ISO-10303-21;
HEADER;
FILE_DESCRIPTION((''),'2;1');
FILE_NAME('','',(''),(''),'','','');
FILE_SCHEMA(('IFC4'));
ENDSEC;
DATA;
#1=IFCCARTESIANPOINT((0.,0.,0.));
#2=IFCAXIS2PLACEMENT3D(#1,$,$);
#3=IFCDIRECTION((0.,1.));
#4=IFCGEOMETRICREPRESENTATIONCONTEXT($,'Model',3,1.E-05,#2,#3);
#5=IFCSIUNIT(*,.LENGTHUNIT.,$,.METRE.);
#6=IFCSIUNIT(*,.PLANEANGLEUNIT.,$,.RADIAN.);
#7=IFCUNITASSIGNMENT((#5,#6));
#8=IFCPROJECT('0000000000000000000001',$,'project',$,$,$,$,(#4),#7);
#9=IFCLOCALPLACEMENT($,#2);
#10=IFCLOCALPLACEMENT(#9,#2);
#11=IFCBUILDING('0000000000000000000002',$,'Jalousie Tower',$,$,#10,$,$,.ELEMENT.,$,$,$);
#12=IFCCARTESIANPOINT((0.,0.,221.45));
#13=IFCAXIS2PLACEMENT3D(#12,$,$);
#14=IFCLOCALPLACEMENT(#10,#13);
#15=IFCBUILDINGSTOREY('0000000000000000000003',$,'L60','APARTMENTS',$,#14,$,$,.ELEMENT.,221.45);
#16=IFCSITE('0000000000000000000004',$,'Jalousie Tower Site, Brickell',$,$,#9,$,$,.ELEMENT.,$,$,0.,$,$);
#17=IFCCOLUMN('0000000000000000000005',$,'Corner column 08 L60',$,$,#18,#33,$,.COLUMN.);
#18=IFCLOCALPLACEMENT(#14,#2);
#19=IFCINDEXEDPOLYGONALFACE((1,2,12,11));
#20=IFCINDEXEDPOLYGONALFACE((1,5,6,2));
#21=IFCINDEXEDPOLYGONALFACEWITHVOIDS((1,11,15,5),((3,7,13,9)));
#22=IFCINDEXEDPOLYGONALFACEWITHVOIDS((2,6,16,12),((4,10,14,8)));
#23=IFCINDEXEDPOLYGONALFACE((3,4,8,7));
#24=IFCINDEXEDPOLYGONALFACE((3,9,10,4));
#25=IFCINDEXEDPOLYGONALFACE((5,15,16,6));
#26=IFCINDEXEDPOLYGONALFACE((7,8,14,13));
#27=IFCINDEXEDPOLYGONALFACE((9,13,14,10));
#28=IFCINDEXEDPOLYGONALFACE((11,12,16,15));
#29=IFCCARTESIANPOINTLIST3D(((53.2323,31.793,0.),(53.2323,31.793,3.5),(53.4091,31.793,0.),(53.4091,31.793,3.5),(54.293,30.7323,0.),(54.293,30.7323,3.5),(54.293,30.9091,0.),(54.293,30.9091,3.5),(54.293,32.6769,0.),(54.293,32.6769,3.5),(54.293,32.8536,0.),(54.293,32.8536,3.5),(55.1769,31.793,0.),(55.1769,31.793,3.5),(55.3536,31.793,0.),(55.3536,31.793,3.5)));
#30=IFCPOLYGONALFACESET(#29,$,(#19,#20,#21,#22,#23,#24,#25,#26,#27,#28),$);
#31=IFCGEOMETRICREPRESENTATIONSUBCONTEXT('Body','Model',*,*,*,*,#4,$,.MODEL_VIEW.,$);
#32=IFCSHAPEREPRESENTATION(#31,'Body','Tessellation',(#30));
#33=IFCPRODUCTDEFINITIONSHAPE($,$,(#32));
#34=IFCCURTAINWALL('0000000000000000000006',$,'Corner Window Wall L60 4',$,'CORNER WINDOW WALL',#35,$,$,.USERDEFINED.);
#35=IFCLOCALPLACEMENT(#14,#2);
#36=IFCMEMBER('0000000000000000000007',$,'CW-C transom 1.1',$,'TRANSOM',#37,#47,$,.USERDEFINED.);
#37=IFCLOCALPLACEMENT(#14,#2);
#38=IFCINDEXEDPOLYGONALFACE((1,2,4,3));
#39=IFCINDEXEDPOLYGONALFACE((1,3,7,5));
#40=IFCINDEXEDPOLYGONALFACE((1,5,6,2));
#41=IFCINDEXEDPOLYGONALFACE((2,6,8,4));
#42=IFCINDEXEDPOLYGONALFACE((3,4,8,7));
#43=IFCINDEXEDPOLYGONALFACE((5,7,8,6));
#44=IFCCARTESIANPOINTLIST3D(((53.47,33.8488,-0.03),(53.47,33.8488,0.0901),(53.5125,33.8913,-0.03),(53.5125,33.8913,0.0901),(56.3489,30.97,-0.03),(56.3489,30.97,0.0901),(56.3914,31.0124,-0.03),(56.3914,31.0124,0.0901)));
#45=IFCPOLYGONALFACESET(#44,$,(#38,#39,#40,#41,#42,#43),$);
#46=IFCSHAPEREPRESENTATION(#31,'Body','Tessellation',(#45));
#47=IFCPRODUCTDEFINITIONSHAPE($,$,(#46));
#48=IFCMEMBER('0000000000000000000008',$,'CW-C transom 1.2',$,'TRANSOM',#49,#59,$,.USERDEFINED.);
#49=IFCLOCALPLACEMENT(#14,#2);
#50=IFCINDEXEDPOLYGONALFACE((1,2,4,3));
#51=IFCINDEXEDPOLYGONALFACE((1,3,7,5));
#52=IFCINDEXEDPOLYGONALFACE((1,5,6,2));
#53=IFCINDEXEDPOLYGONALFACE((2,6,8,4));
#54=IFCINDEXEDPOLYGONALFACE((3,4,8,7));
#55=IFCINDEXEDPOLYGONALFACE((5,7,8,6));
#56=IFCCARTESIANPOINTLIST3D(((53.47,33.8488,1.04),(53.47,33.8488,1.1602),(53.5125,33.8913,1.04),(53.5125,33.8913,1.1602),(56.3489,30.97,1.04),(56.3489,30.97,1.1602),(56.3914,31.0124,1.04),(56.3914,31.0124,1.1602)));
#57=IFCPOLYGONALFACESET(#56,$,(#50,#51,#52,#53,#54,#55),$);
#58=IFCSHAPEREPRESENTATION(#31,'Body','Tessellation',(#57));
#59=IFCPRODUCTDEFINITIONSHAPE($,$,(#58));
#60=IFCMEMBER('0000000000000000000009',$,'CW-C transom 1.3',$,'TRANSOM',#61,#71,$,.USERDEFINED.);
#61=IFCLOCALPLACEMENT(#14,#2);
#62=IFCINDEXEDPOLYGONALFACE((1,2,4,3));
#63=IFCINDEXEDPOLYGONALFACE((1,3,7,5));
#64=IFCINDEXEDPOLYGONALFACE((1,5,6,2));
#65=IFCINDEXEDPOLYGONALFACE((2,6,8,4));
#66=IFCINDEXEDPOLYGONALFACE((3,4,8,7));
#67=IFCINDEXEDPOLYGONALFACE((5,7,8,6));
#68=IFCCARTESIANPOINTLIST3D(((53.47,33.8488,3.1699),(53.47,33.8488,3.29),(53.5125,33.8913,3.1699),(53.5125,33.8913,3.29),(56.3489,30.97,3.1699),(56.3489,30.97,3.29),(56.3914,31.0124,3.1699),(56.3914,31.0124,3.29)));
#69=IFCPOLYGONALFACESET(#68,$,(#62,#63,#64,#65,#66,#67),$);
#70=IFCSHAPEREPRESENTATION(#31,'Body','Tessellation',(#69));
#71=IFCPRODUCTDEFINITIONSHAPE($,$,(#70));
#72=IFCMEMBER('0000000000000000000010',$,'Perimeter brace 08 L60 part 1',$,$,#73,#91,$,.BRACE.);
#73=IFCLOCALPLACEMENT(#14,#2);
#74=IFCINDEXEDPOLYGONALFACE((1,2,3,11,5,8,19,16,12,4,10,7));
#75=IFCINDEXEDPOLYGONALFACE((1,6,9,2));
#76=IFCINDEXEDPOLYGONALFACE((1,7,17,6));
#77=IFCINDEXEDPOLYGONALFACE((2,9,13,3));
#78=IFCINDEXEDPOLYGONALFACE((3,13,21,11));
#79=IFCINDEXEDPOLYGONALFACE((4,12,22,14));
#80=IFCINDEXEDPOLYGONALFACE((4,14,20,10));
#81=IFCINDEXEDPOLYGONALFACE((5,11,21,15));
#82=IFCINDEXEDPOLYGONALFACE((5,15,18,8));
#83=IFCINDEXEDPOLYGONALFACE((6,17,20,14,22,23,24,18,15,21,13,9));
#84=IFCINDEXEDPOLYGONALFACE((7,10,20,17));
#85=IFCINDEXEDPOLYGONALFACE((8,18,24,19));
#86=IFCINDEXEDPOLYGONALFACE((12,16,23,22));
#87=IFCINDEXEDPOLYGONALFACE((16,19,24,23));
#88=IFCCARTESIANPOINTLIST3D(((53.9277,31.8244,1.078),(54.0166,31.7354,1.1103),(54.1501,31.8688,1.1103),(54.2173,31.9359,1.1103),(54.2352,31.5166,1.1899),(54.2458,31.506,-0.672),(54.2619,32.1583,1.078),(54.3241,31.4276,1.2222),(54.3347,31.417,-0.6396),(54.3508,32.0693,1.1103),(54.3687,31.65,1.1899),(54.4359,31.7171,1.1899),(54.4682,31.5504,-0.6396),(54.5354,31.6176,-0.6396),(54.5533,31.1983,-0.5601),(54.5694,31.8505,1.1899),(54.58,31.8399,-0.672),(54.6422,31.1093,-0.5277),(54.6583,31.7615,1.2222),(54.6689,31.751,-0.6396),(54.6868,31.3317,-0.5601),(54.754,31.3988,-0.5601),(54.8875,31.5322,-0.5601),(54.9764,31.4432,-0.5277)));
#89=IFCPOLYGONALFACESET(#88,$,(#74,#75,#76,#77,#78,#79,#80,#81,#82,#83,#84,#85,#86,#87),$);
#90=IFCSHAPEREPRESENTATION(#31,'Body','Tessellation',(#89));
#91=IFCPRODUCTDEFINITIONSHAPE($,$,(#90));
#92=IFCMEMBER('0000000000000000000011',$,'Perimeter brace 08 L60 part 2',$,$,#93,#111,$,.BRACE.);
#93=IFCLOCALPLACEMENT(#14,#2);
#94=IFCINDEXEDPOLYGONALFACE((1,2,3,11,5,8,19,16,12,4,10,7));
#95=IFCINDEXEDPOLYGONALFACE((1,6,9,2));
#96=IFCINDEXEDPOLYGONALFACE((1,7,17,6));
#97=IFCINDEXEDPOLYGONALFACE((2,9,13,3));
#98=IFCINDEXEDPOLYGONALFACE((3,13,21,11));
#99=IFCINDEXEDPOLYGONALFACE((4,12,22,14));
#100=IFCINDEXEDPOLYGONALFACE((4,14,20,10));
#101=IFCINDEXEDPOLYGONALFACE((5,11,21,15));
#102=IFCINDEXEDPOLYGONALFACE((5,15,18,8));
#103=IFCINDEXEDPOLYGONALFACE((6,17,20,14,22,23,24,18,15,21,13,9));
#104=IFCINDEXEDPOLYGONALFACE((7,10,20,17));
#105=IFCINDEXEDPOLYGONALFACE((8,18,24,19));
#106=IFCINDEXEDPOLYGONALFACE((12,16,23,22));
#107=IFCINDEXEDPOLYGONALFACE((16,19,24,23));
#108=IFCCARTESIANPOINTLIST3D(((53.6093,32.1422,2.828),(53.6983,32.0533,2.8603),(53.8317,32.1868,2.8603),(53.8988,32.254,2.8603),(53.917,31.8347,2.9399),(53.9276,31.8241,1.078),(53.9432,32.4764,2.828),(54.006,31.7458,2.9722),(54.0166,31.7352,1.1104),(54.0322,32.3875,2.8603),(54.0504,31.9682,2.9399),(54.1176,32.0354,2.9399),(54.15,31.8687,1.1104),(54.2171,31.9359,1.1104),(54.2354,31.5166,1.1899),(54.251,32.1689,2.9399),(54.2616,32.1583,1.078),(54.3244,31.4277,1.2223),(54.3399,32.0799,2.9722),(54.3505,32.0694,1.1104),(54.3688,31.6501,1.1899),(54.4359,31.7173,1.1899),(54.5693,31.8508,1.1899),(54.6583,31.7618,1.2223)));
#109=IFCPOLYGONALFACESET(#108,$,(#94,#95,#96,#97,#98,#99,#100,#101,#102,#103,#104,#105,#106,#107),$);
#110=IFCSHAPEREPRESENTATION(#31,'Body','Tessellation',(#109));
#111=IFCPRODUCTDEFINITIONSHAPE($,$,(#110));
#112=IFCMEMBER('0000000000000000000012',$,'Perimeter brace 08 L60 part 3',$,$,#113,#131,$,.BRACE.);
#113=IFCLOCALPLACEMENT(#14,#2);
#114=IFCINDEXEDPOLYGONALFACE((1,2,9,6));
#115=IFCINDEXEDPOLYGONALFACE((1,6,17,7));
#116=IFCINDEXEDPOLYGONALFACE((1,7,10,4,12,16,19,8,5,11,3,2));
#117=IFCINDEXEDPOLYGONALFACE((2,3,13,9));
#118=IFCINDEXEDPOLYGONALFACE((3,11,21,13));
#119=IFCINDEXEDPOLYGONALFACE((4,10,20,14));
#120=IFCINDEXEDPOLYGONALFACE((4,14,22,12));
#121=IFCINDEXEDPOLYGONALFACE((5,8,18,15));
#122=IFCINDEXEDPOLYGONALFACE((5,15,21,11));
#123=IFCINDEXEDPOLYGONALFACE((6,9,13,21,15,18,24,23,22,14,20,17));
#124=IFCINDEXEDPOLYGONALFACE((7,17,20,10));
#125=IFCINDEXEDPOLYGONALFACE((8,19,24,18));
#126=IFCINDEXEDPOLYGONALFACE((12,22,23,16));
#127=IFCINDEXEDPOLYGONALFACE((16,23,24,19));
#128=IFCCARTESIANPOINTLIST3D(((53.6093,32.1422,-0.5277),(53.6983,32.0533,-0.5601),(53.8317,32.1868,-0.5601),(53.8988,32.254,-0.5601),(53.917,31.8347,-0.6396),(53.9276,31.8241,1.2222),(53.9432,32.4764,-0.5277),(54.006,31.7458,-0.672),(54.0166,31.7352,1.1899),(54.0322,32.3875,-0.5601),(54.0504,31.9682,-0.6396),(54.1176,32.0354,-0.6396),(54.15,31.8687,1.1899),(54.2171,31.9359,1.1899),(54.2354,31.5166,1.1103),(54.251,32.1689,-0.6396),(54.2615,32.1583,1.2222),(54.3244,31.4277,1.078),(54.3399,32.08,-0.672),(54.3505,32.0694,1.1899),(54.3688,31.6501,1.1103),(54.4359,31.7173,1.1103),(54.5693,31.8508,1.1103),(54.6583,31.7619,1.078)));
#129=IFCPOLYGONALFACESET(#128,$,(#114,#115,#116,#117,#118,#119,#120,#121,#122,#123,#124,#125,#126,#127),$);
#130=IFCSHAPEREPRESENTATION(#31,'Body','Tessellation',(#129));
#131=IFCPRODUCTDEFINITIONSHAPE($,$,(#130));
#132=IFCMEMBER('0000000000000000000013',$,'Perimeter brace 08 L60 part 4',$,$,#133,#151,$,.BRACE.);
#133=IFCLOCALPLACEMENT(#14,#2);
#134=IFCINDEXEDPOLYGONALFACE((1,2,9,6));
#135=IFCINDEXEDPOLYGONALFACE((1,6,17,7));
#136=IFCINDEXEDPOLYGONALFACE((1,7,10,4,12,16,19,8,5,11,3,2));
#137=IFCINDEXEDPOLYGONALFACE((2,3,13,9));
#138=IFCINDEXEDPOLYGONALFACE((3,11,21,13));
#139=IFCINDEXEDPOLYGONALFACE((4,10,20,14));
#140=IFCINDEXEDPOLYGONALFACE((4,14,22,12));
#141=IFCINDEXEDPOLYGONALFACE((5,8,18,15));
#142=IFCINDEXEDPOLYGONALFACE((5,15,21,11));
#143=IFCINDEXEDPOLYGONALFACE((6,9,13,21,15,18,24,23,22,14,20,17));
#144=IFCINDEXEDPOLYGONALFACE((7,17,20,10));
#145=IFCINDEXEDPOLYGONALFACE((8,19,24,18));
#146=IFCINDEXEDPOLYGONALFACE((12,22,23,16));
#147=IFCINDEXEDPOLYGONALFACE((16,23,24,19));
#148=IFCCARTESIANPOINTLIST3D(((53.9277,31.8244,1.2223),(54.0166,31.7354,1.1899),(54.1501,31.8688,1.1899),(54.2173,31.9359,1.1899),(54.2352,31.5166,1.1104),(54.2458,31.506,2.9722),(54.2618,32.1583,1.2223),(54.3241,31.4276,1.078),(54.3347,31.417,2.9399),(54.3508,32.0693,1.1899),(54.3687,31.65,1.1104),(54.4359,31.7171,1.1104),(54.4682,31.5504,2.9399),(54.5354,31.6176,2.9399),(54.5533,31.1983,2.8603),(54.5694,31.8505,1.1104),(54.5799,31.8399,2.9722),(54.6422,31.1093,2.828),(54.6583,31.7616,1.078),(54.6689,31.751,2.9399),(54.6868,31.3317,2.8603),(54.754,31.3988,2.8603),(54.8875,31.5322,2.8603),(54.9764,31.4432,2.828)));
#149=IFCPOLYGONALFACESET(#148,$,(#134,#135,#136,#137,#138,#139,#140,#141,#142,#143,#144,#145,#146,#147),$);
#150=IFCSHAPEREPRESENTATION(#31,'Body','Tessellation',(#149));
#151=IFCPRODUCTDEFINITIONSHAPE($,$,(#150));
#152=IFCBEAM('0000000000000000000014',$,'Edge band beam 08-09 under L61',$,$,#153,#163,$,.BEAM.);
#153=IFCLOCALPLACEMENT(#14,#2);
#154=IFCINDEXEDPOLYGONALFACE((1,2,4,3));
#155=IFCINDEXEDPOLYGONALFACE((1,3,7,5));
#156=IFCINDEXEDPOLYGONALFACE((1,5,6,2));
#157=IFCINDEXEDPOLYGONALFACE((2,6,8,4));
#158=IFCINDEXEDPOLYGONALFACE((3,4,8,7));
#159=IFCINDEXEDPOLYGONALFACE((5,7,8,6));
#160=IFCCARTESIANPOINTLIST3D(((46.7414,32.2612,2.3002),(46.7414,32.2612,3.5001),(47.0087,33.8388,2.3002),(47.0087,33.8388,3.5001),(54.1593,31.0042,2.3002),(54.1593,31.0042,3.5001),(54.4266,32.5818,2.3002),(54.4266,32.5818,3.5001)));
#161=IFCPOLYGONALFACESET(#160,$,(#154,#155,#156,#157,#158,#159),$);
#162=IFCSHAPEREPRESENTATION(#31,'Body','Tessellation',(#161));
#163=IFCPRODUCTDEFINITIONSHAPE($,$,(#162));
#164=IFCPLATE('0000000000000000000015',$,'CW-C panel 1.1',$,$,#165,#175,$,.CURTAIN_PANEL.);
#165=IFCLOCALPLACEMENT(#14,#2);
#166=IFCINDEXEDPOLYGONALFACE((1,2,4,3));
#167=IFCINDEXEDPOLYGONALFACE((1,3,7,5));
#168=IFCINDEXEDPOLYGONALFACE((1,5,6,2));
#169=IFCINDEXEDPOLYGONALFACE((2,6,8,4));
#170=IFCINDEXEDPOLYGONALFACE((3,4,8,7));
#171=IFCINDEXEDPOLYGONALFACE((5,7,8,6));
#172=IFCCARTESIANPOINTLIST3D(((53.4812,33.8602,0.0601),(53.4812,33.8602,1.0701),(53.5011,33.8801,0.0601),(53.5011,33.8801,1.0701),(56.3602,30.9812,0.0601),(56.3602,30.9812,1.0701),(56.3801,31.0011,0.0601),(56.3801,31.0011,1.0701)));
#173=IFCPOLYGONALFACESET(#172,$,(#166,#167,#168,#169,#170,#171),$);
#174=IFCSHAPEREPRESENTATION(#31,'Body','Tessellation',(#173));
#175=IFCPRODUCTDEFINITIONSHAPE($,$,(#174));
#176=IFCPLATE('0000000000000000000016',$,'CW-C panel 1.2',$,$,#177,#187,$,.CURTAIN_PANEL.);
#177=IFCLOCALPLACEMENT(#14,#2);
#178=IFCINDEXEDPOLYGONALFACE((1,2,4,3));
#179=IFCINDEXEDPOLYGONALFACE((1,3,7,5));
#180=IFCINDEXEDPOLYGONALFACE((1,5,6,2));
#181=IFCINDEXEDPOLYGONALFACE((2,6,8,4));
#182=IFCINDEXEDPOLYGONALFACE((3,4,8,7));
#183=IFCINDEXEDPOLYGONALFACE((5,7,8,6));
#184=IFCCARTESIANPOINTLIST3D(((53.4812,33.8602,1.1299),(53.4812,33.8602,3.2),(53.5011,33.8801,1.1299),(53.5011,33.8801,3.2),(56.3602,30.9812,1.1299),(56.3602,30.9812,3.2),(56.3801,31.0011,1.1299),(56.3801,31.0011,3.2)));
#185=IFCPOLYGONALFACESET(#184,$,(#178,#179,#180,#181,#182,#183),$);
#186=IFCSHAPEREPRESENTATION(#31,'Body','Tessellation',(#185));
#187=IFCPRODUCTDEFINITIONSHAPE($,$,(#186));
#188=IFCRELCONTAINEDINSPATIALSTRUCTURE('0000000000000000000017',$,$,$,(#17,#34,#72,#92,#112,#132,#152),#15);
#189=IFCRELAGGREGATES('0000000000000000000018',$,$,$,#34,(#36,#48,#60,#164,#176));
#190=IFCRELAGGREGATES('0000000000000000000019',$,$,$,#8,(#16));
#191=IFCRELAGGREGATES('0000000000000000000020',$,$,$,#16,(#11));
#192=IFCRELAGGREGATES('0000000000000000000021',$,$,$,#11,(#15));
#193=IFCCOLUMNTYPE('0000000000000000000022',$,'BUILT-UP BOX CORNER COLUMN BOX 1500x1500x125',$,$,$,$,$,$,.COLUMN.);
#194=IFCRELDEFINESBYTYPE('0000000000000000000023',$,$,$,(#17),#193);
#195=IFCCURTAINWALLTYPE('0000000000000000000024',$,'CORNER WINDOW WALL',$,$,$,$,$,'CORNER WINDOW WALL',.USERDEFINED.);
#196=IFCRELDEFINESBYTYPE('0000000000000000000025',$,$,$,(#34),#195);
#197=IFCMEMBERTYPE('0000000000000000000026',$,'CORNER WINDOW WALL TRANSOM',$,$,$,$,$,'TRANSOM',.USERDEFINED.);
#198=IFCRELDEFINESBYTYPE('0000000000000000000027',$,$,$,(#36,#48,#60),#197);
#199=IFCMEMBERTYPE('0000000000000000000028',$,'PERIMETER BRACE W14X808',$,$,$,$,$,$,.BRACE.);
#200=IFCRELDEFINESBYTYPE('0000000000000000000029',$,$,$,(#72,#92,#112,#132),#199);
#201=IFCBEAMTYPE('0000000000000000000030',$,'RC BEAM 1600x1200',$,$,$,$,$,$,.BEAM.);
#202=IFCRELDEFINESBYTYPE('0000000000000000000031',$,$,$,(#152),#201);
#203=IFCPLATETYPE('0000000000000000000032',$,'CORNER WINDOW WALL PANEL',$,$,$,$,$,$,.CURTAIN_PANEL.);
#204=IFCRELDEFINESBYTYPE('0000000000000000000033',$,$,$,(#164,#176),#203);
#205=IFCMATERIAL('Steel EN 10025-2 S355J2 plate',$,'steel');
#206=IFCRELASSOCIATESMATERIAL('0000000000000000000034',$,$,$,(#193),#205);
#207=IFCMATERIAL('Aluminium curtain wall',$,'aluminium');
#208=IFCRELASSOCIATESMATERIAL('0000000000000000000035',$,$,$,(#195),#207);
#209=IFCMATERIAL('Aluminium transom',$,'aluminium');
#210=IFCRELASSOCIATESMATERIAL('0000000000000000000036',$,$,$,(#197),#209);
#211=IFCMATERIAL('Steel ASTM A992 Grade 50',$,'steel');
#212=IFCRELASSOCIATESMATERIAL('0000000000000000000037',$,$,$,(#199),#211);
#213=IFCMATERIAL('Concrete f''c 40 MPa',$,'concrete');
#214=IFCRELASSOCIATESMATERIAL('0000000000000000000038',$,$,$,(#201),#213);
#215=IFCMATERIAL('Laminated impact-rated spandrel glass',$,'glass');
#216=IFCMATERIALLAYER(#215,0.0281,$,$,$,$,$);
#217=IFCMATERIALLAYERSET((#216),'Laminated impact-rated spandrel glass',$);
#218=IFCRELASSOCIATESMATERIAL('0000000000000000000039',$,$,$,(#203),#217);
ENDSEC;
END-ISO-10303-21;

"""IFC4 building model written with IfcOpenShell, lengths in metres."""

from ifc_helpers import new_model, si_unit, direction, frame, origin, origin_2d, place, context, subcontext, project, spatial, rectangle, hollow_rectangle, i_section, extrude, material, layer, layer_set, material_profile, profile_set, type_object, element, aggregate, save


model = new_model("IFC4")

# Units and contexts
model_context = context("Model", 3, precision=1e-05, world=origin(), true_north=direction((0.0, 1.0)))
body_context = subcontext(model_context, "Body", "Model", "MODEL_VIEW")
ifc_project = project(units=[si_unit("LENGTHUNIT", "METRE"), si_unit("PLANEANGLEUNIT", "RADIAN")], contexts=[model_context])

# Site, building, storey
site_placement = place(None, origin())
site = spatial("IfcSite", under=ifc_project, at=site_placement, Name="Jalousie Tower Site, Brickell", CompositionType="ELEMENT", RefElevation=0.0)
building_placement = place(site_placement, origin())
building = spatial("IfcBuilding", under=site, at=building_placement, Name="Jalousie Tower", CompositionType="ELEMENT")
storey_placement = place(building_placement, frame((0.0, 0.0, 221.45)))
storey = spatial("IfcBuildingStorey", under=building, at=storey_placement, Name="L60", Description="APARTMENTS", CompositionType="ELEMENT", Elevation=221.45)

# Column
ifc_material_1 = material(Name="Steel EN 10025-2 S355J2 plate", Category="steel")
ifc_material_profile_1 = material_profile(ifc_material_1, hollow_rectangle(XDim=1.5, YDim=1.5, WallThickness=0.125, at=origin_2d()), Name="BOX 1500x1500x125")
ifc_profile_set_1 = profile_set([ifc_material_profile_1], Name="Steel EN 10025-2 S355J2 plate")
column_type = type_object("IfcColumnType", Name="BUILT-UP BOX CORNER COLUMN BOX 1500x1500x125", PredefinedType="COLUMN", material=ifc_profile_set_1)
column_placement = place(storey_placement, frame((54.293, 31.793, 0.0), z_axis=(0.0, 0.0, 1.0), x_axis=(-0.707107, -0.707107, 0.0)))
element("IfcColumn", 1, at=column_placement, inside=storey, type_object=column_type, Name="Corner column 08 L60", PredefinedType="COLUMN", context=body_context, shape_type="SweptSolid", body=[
    extrude(hollow_rectangle(XDim=1.5, YDim=1.5, WallThickness=0.125, at=origin_2d()), origin(), (0.0, 0.0, 1.0), 3.5),
])

# Curtain wall, members
ifc_material_2 = material(Name="Aluminium curtain wall", Category="aluminium")
curtain_wall_type = type_object("IfcCurtainWallType", Name="CORNER WINDOW WALL", ElementType="CORNER WINDOW WALL", PredefinedType="USERDEFINED", material=ifc_material_2)
curtain_wall_placement = place(storey_placement, origin())
curtain_wall = element("IfcCurtainWall", 2, at=curtain_wall_placement, inside=storey, type_object=curtain_wall_type, Name="Corner Window Wall L60 4", ObjectType="CORNER WINDOW WALL", PredefinedType="USERDEFINED")
ifc_material_3 = material(Name="Aluminium transom", Category="aluminium")
ifc_material_profile_2 = material_profile(ifc_material_3, rectangle(XDim=0.0601, YDim=0.1201, at=origin_2d()), Name="TRANSOM 60x120")
ifc_profile_set_2 = profile_set([ifc_material_profile_2], Name="Aluminium transom")
member_type_1 = type_object("IfcMemberType", Name="CORNER WINDOW WALL TRANSOM", ElementType="TRANSOM", PredefinedType="USERDEFINED", material=ifc_profile_set_2)
member_1_placement = place(storey_placement, frame((56.3701, 30.9912, 0.03), z_axis=(-0.707107, 0.707107, 0.0), x_axis=(-0.707107, -0.707107, 0.0)))
member_1 = element("IfcMember", 3, at=member_1_placement, type_object=member_type_1, Name="CW-C transom 1.1", ObjectType="TRANSOM", PredefinedType="USERDEFINED", context=body_context, shape_type="SweptSolid", body=[
    extrude(rectangle(XDim=0.0601, YDim=0.1201, at=origin_2d()), origin(), (0.0, 0.0, 1.0), 4.0713),
])
member_2_placement = place(storey_placement, frame((56.3701, 30.9912, 1.1001), z_axis=(-0.707107, 0.707107, 0.0), x_axis=(-0.707107, -0.707107, 0.0)))
member_2 = element("IfcMember", 4, at=member_2_placement, type_object=member_type_1, Name="CW-C transom 1.2", ObjectType="TRANSOM", PredefinedType="USERDEFINED", context=body_context, shape_type="SweptSolid", body=[
    extrude(rectangle(XDim=0.0601, YDim=0.1201, at=origin_2d()), origin(), (0.0, 0.0, 1.0), 4.0713),
])
member_3_placement = place(storey_placement, frame((56.3701, 30.9912, 3.23), z_axis=(-0.707107, 0.707107, 0.0), x_axis=(-0.707107, -0.707107, 0.0)))
member_3 = element("IfcMember", 5, at=member_3_placement, type_object=member_type_1, Name="CW-C transom 1.3", ObjectType="TRANSOM", PredefinedType="USERDEFINED", context=body_context, shape_type="SweptSolid", body=[
    extrude(rectangle(XDim=0.0601, YDim=0.1201, at=origin_2d()), origin(), (0.0, 0.0, 1.0), 4.0713),
])

# Members
ifc_material_4 = material(Name="Steel ASTM A992 Grade 50", Category="steel")
ifc_material_profile_3 = material_profile(ifc_material_4, i_section(OverallWidth=0.4724, OverallDepth=0.5791, WebThickness=0.095, FlangeThickness=0.1299, at=origin_2d()), Name="W14X808")
ifc_profile_set_3 = profile_set([ifc_material_profile_3], Name="Steel ASTM A992 Grade 50")
member_type_2 = type_object("IfcMemberType", Name="PERIMETER BRACE W14X808", PredefinedType="BRACE", material=ifc_profile_set_3)
for number, where, z_axis, x_axis, name in (
    (6, (54.6111, 31.4746, -0.5999), (-0.176051, 0.176187, 0.968486), (-0.707378, -0.706835, 0.0), "Perimeter brace 08 L60 part 1"),
    (7, (54.293, 31.793, 1.1501), (-0.176187, 0.176051, 0.968486), (-0.706835, -0.707378, 0.0), "Perimeter brace 08 L60 part 2"),
    (8, (53.9746, 32.1111, -0.5999), (0.176187, -0.176051, 0.968486), (0.706835, 0.707378, 0.0), "Perimeter brace 08 L60 part 3"),
    (9, (54.293, 31.793, 1.1501), (0.176051, -0.176187, 0.968486), (0.707378, 0.706835, 0.0), "Perimeter brace 08 L60 part 4"),
):
    element("IfcMember", number, at=place(storey_placement, frame(where, z_axis=z_axis, x_axis=x_axis)), inside=storey, type_object=member_type_2, Name=name, PredefinedType="BRACE", context=body_context, shape_type="SweptSolid", body=[
        extrude(i_section(OverallWidth=0.4724, OverallDepth=0.5791, WebThickness=0.095, FlangeThickness=0.1299, at=origin_2d()), origin(), (0.0, 0.0, 1.0), 1.8069),
    ])

# Beam
ifc_material_5 = material(Name="Concrete f'c 40 MPa", Category="concrete")
ifc_material_profile_4 = material_profile(ifc_material_5, rectangle(XDim=1.6001, YDim=1.2, at=origin_2d()), Name="RC 1600x1200")
ifc_profile_set_4 = profile_set([ifc_material_profile_4], Name="Concrete f'c 40 MPa")
beam_type = type_object("IfcBeamType", Name="RC BEAM 1600x1200", PredefinedType="BEAM", material=ifc_profile_set_4)
beam_placement = place(storey_placement, frame((54.293, 31.793, 2.9001), z_axis=(-0.985943, 0.167082, 0.0), x_axis=(-0.167082, -0.985943, 0.0)))
element("IfcBeam", 10, at=beam_placement, inside=storey, type_object=beam_type, Name="Edge band beam 08-09 under L61", PredefinedType="BEAM", context=body_context, shape_type="SweptSolid", body=[
    extrude(rectangle(XDim=1.6001, YDim=1.2, at=origin_2d()), origin(), (0.0, 0.0, 1.0), 7.5237),
])

# Plates
ifc_material_6 = material(Name="Laminated impact-rated spandrel glass", Category="glass")
ifc_layer = layer(ifc_material_6, 0.0281)
ifc_layer_set = layer_set([ifc_layer], Name="Laminated impact-rated spandrel glass")
plate_type = type_object("IfcPlateType", Name="CORNER WINDOW WALL PANEL", PredefinedType="CURTAIN_PANEL", material=ifc_layer_set)
plate_1_placement = place(storey_placement, frame((54.9307, 32.4307, 0.0601), z_axis=(0.0, 0.0, 1.0), x_axis=(-0.707107, 0.707107, 0.0)))
plate_1 = element("IfcPlate", 11, at=plate_1_placement, type_object=plate_type, Name="CW-C panel 1.1", PredefinedType="CURTAIN_PANEL", context=body_context, shape_type="SweptSolid", body=[
    extrude(rectangle(XDim=4.0715, YDim=0.0281, at=origin_2d()), origin(), (0.0, 0.0, 1.0), 1.01),
])
plate_2_placement = place(storey_placement, frame((54.9307, 32.4307, 1.1299), z_axis=(0.0, 0.0, 1.0), x_axis=(-0.707107, 0.707107, 0.0)))
plate_2 = element("IfcPlate", 12, at=plate_2_placement, type_object=plate_type, Name="CW-C panel 1.2", PredefinedType="CURTAIN_PANEL", context=body_context, shape_type="SweptSolid", body=[
    extrude(rectangle(XDim=4.0715, YDim=0.0281, at=origin_2d()), origin(), (0.0, 0.0, 1.0), 2.0701),
])
aggregate(curtain_wall, [member_1, member_2, member_3, plate_1, plate_2])

save(model, "model.ifc")
